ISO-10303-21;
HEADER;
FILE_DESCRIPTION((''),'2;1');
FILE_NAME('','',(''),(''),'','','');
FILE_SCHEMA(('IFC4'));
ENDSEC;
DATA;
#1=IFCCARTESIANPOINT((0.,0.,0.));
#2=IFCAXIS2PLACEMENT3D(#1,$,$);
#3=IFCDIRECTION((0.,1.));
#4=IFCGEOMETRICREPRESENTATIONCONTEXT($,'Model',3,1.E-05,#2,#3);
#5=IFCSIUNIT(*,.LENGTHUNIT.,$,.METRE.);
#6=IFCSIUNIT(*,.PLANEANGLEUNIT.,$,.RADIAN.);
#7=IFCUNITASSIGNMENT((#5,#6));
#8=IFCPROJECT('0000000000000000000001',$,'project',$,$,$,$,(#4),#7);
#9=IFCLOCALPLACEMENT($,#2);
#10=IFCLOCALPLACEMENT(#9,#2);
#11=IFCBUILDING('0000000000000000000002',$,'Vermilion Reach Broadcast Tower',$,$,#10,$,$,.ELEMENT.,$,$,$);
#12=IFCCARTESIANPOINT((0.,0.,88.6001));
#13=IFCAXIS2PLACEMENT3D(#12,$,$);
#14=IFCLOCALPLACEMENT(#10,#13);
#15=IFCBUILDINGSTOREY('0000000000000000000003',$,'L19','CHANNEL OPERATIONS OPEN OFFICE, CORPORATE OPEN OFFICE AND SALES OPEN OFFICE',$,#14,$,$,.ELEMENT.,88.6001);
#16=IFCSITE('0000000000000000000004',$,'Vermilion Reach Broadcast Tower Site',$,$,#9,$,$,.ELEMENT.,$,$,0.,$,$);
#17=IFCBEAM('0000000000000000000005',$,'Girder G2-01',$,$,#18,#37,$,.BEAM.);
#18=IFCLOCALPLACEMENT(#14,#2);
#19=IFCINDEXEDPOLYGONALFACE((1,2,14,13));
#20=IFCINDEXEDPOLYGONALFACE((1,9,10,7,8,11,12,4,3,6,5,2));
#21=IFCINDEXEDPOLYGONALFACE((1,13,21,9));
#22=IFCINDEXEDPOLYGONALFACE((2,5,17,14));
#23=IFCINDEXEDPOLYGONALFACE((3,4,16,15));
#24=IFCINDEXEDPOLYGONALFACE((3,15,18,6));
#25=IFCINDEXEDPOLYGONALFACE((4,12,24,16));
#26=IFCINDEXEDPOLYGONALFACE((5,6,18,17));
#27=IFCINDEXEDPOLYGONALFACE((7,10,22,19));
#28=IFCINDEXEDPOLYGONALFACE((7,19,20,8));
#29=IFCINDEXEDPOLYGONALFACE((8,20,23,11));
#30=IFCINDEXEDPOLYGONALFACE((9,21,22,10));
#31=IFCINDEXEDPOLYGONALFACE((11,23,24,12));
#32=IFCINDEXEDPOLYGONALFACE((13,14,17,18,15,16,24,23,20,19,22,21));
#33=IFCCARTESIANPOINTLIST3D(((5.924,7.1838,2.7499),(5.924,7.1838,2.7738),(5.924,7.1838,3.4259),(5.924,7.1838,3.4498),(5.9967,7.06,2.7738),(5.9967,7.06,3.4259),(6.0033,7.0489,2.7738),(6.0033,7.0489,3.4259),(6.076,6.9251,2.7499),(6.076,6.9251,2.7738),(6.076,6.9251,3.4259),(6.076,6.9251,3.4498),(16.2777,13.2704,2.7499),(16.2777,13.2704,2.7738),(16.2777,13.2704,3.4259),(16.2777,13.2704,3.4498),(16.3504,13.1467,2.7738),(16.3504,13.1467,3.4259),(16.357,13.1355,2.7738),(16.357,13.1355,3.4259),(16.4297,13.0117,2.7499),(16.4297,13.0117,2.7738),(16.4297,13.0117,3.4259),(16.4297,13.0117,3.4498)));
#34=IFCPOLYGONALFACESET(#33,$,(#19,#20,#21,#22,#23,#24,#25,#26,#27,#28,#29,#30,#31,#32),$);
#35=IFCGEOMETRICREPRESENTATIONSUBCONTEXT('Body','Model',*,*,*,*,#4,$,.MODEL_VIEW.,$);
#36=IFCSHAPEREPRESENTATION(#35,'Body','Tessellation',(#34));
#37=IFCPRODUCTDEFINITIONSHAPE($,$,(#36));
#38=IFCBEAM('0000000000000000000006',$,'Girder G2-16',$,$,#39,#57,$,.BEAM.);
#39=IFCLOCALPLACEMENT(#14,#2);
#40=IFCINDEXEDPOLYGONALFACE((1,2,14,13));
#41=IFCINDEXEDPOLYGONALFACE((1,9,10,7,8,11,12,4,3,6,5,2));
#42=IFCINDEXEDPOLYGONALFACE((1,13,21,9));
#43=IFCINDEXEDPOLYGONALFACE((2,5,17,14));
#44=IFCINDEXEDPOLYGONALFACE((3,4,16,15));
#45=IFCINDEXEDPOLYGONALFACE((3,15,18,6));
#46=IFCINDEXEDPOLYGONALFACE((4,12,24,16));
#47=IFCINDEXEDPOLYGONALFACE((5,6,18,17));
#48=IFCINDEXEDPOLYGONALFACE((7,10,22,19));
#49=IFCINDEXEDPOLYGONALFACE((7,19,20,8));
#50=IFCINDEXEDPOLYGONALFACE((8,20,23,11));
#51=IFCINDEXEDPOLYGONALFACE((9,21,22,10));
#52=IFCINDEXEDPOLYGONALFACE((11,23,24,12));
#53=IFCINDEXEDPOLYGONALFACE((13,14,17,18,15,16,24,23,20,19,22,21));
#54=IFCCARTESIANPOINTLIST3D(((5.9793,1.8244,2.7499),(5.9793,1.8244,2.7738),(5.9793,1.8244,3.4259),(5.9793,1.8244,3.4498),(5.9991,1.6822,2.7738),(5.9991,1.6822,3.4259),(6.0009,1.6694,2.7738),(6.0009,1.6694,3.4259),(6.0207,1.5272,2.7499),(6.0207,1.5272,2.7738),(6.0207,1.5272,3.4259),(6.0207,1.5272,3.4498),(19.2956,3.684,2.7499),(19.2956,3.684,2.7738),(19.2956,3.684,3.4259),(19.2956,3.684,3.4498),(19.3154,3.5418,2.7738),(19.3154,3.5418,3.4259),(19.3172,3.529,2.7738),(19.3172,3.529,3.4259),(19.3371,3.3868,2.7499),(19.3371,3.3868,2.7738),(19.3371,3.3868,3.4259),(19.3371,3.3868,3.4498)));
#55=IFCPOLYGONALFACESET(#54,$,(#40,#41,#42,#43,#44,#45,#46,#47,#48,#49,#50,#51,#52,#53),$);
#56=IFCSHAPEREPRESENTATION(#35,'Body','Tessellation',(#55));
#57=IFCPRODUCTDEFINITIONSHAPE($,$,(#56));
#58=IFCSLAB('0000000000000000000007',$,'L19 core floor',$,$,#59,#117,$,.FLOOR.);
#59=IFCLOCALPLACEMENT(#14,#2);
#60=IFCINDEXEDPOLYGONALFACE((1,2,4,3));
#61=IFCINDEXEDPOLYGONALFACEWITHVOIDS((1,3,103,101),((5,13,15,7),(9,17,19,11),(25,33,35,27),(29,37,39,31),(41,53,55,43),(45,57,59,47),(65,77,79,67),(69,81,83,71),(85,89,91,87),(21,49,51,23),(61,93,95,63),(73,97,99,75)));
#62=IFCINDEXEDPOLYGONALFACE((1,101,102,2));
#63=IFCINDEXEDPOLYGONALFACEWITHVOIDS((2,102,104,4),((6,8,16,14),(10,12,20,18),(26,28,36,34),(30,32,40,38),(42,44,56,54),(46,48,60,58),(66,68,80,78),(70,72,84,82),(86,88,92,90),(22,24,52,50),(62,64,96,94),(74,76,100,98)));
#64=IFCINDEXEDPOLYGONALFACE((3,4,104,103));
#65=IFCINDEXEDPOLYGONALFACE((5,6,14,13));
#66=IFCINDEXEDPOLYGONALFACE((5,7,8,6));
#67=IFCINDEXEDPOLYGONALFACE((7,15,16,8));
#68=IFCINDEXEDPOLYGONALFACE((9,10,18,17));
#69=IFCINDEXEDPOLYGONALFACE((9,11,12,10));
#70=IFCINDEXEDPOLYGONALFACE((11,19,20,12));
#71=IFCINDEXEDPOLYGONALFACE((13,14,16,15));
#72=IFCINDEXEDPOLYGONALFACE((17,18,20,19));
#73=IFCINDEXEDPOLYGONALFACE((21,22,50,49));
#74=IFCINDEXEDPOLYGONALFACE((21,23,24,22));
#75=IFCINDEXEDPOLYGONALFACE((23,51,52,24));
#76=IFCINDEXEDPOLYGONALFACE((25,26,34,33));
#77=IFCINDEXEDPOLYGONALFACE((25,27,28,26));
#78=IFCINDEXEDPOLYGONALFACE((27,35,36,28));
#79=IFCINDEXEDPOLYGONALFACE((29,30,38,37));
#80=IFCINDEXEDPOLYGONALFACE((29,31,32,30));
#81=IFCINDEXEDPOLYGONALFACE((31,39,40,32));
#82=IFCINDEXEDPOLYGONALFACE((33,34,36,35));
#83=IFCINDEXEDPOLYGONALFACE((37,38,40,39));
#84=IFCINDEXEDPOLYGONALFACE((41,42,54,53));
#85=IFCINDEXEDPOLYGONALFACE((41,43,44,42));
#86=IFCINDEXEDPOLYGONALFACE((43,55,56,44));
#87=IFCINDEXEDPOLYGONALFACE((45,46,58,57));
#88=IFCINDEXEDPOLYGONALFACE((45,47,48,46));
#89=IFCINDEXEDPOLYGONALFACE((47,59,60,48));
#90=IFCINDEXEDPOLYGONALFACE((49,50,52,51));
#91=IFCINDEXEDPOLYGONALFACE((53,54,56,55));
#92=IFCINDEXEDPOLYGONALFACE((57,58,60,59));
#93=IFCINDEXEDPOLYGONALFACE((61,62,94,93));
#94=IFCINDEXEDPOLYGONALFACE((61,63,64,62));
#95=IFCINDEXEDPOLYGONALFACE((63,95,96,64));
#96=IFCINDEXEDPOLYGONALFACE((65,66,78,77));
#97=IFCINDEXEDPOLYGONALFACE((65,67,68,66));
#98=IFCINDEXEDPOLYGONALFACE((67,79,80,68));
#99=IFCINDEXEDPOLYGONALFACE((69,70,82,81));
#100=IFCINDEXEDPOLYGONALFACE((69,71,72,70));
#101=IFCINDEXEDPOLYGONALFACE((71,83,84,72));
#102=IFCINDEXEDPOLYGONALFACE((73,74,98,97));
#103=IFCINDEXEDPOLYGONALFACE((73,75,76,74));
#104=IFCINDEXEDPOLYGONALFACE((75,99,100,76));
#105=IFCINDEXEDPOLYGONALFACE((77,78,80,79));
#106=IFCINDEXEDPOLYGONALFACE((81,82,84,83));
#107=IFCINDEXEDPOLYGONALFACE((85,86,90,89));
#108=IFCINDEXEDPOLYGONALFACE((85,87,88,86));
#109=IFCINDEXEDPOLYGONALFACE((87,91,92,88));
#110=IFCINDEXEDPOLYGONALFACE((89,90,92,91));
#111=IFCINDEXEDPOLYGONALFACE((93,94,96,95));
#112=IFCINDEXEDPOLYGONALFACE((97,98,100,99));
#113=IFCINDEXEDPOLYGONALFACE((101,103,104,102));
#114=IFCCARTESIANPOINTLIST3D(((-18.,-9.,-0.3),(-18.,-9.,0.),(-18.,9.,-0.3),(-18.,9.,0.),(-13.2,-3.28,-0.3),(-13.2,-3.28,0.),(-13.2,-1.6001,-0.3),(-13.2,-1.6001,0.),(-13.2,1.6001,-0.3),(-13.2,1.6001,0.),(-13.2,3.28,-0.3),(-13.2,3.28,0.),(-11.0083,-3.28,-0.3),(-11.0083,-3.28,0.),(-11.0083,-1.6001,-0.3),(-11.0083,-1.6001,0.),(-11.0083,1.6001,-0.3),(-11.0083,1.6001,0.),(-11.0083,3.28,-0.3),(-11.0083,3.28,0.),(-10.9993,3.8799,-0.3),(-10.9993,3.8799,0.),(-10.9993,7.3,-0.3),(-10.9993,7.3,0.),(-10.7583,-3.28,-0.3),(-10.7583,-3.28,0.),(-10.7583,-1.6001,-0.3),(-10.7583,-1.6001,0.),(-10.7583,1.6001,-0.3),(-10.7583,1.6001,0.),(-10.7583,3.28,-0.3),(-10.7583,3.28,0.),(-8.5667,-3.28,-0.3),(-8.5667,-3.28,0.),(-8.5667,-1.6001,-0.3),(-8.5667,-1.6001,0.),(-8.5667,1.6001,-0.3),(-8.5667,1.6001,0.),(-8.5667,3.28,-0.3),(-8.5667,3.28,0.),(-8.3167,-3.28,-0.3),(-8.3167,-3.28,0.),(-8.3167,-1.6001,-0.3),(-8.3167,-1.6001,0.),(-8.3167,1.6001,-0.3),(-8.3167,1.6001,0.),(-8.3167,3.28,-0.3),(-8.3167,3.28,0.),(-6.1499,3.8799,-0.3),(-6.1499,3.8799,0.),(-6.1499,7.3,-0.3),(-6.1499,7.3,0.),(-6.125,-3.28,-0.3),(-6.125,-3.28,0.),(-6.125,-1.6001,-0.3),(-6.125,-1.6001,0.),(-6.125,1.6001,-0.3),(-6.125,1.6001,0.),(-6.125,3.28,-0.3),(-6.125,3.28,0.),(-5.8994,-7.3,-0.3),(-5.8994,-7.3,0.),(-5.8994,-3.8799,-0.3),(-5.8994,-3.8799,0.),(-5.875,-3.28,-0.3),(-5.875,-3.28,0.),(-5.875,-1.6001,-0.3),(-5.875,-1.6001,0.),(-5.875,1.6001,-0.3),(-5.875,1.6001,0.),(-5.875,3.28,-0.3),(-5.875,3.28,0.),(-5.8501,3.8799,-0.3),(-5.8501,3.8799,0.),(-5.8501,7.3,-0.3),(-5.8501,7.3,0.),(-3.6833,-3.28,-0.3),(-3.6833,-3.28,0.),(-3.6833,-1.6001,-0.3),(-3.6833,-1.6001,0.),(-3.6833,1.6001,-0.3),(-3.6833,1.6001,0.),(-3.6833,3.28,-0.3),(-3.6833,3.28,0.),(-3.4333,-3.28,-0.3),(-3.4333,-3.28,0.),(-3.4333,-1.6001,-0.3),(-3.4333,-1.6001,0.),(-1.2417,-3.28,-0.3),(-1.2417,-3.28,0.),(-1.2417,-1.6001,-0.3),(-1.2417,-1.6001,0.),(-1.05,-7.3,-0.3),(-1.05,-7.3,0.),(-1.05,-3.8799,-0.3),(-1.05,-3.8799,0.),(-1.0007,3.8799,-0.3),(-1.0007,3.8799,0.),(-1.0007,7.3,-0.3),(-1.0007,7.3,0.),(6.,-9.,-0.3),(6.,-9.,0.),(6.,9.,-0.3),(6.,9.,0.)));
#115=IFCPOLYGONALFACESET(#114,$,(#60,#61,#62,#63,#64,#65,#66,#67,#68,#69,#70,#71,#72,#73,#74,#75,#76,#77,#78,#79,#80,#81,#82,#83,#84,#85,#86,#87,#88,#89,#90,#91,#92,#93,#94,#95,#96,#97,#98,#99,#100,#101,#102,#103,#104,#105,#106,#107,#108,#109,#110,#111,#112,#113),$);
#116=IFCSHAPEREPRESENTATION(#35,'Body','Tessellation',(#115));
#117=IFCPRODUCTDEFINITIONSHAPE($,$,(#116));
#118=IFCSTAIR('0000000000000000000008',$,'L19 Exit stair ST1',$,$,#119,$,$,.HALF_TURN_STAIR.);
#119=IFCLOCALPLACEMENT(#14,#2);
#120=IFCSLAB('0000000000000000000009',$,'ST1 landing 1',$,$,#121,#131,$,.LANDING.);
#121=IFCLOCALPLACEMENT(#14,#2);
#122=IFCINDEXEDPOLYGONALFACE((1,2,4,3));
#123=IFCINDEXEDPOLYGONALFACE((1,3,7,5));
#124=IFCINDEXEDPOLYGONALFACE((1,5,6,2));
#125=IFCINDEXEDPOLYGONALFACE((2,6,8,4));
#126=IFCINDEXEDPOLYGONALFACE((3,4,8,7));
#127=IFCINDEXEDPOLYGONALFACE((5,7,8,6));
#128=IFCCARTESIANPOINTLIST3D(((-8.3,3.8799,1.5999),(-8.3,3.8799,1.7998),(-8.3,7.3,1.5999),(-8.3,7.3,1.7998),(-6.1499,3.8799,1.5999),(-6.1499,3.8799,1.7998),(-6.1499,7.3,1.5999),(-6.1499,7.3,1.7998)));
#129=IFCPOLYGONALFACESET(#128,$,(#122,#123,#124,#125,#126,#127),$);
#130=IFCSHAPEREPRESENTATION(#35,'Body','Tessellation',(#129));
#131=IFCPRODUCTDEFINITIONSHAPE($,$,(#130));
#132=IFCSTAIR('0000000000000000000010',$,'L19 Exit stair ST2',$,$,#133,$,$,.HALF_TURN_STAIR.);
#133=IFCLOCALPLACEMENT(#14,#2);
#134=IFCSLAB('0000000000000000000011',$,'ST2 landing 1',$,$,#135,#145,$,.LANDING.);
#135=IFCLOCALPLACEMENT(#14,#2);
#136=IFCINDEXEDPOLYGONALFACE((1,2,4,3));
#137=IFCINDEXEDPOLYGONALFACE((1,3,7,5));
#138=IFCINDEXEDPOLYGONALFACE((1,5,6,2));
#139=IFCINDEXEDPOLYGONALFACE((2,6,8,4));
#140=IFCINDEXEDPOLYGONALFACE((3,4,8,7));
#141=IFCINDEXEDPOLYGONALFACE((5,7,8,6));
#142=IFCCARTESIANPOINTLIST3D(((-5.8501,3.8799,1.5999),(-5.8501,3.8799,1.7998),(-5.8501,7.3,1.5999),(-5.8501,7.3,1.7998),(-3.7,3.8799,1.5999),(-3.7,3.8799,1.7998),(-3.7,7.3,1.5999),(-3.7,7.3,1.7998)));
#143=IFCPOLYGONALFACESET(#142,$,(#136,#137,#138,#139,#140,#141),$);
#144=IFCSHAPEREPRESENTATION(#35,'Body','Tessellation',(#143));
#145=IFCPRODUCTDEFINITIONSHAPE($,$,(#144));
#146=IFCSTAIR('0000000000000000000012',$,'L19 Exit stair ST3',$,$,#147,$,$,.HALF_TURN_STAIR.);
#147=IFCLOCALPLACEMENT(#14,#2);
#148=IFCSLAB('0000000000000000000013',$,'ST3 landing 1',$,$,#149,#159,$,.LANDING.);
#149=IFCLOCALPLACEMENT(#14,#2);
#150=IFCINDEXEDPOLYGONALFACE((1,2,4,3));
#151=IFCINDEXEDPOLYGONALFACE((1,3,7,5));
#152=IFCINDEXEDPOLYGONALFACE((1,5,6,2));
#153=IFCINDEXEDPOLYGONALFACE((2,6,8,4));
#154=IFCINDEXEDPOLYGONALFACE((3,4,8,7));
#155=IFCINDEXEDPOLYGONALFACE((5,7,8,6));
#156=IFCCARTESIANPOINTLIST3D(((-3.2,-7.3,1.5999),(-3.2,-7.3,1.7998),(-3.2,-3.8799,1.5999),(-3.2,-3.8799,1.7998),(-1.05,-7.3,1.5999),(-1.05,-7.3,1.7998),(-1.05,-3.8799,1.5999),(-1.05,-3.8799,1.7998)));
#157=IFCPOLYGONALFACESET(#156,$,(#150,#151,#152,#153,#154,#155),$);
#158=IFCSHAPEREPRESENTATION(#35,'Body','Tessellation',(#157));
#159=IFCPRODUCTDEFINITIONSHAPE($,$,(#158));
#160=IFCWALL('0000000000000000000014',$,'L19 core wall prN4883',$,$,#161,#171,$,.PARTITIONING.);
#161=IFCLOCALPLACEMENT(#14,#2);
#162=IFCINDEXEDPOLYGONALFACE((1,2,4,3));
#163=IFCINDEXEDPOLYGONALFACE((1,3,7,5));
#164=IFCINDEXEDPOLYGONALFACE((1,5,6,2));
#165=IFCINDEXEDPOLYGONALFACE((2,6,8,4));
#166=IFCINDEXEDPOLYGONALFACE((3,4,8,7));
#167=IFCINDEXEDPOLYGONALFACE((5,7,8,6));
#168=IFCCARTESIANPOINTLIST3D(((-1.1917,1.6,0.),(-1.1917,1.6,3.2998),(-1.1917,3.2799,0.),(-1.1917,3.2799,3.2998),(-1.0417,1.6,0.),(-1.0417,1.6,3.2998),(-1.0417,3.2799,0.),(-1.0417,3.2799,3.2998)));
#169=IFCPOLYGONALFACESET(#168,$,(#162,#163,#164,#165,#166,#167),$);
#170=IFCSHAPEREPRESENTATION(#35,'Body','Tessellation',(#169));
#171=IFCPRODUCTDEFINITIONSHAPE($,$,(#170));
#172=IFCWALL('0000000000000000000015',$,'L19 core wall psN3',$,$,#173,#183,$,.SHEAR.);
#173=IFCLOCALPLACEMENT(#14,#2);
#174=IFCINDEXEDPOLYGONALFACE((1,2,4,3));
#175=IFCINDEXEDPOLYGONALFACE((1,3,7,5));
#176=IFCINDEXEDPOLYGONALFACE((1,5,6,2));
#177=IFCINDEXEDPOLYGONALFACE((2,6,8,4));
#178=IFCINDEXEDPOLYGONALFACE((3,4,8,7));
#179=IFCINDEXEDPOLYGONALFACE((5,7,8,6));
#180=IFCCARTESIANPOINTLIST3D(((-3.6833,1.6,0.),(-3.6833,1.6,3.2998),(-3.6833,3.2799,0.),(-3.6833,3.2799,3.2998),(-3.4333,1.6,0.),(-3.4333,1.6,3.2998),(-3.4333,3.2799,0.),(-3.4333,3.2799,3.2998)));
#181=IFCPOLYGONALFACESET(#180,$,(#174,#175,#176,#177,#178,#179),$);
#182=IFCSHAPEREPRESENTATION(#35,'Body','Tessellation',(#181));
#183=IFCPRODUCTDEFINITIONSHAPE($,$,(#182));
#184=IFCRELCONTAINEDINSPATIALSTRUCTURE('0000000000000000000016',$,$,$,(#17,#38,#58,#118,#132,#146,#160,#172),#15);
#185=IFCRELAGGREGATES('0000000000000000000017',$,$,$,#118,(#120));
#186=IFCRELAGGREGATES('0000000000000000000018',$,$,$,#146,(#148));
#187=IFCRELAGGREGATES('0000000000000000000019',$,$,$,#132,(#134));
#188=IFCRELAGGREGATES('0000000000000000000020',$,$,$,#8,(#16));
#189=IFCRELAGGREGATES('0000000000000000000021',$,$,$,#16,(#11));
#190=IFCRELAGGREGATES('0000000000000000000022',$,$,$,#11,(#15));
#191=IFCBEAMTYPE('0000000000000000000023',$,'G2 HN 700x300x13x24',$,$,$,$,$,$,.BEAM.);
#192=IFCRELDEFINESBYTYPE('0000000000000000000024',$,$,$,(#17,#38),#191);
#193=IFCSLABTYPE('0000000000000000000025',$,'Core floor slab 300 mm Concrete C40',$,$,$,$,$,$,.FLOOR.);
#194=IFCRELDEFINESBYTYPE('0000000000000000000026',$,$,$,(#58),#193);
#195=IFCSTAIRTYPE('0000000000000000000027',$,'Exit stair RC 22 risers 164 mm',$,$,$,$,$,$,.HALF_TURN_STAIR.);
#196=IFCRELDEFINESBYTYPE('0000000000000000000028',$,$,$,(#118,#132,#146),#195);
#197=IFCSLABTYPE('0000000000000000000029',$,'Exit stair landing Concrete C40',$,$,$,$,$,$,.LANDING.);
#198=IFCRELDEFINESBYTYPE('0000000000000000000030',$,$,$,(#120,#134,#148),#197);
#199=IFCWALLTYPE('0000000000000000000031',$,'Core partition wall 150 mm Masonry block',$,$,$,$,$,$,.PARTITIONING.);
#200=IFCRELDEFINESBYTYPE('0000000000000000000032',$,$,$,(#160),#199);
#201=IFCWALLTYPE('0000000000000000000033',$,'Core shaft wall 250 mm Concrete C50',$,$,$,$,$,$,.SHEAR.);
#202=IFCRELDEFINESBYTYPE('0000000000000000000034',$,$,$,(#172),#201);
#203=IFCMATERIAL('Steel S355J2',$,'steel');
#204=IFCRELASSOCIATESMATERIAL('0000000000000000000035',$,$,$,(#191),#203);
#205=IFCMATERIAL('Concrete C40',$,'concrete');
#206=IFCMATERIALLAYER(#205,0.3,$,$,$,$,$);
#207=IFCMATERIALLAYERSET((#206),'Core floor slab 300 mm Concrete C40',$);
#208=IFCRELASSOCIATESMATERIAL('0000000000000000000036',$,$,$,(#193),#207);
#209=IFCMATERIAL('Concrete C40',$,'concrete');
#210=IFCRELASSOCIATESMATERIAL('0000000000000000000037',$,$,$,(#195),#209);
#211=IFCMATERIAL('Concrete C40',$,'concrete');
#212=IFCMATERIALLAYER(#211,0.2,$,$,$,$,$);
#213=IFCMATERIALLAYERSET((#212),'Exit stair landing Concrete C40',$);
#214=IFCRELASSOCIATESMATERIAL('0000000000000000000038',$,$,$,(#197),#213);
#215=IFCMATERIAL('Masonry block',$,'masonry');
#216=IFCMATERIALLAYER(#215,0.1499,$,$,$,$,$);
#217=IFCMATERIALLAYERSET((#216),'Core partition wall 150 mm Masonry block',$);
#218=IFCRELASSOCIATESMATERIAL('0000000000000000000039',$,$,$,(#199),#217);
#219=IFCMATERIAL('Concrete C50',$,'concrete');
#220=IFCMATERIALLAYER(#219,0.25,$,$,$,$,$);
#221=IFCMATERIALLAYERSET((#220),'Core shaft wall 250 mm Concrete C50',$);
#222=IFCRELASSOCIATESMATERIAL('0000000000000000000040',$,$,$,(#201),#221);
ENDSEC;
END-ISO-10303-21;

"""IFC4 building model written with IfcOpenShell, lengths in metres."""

from ifc_helpers import new_model, si_unit, direction, frame, frame_2d, origin, origin_2d, place, context, subcontext, project, spatial, polyline, rectangle, i_section, outline, extrude, material, layer, layer_set, material_profile, profile_set, type_object, element, aggregate, save


model = new_model("IFC4")

# Units and contexts
model_context = context("Model", 3, precision=1e-05, world=origin(), true_north=direction((0.0, 1.0)))
body_context = subcontext(model_context, "Body", "Model", "MODEL_VIEW")
ifc_project = project(units=[si_unit("LENGTHUNIT", "METRE"), si_unit("PLANEANGLEUNIT", "RADIAN")], contexts=[model_context])

# Site, building, storey
site_placement = place(None, origin())
site = spatial("IfcSite", under=ifc_project, at=site_placement, Name="Vermilion Reach Broadcast Tower Site", CompositionType="ELEMENT", RefElevation=0.0)
building_placement = place(site_placement, origin())
building = spatial("IfcBuilding", under=site, at=building_placement, Name="Vermilion Reach Broadcast Tower", CompositionType="ELEMENT")
storey_placement = place(building_placement, frame((0.0, 0.0, 88.6001)))
storey = spatial("IfcBuildingStorey", under=building, at=storey_placement, Name="L19", Description="CHANNEL OPERATIONS OPEN OFFICE, CORPORATE OPEN OFFICE AND SALES OPEN OFFICE", CompositionType="ELEMENT", Elevation=88.6001)

# Beams
ifc_material_1 = material(Name="Steel S355J2", Category="steel")
ifc_material_profile = material_profile(ifc_material_1, i_section(OverallWidth=0.3, OverallDepth=0.7, WebThickness=0.0129, FlangeThickness=0.0239, at=origin_2d()), Name="S355J2 HN 700x300x13x24")
ifc_profile_set = profile_set([ifc_material_profile], Name="Steel S355J2")
beam_type = type_object("IfcBeamType", Name="G2 HN 700x300x13x24", PredefinedType="BEAM", material=ifc_profile_set)
beam_1_placement = place(storey_placement, frame((6.0, 7.0544, 3.0999), z_axis=(0.862072, 0.506786, 0.0), x_axis=(-0.506786, 0.862072, 0.0)))
element("IfcBeam", 1, at=beam_1_placement, inside=storey, type_object=beam_type, Name="Girder G2-01", PredefinedType="BEAM", context=body_context, shape_type="SweptSolid", body=[
    extrude(i_section(OverallWidth=0.3, OverallDepth=0.7, WebThickness=0.0129, FlangeThickness=0.0239, at=origin_2d()), origin(), (0.0, 0.0, 1.0), 12.0103),
])
beam_2_placement = place(storey_placement, frame((6.0, 1.6758, 3.0999), z_axis=(0.990389, 0.138307, 0.0), x_axis=(-0.138307, 0.990389, 0.0)))
element("IfcBeam", 2, at=beam_2_placement, inside=storey, type_object=beam_type, Name="Girder G2-16", PredefinedType="BEAM", context=body_context, shape_type="SweptSolid", body=[
    extrude(i_section(OverallWidth=0.3, OverallDepth=0.7, WebThickness=0.0129, FlangeThickness=0.0239, at=origin_2d()), origin(), (0.0, 0.0, 1.0), 13.4456),
])

# Slab
ifc_material_2 = material(Name="Concrete C40", Category="concrete")
ifc_layer_1 = layer(ifc_material_2, 0.3)
ifc_layer_set_1 = layer_set([ifc_layer_1], Name="Core floor slab 300 mm Concrete C40")
slab_type_1 = type_object("IfcSlabType", Name="Core floor slab 300 mm Concrete C40", PredefinedType="FLOOR", material=ifc_layer_set_1)
slab_1_placement = place(storey_placement, frame((0.0, 0.0, -0.3)))
element("IfcSlab", 3, at=slab_1_placement, inside=storey, type_object=slab_type_1, Name="L19 core floor", PredefinedType="FLOOR", context=body_context, shape_type="SweptSolid", body=[
    extrude(outline(polyline([(-18.0, -9.0), (6.0, -9.0), (6.0, 9.0), (-18.0, 9.0), (-18.0, -9.0)]), holes=[polyline([(-13.2, 1.6001), (-11.0083, 1.6001), (-11.0083, 3.28), (-13.2, 3.28), (-13.2, 1.6001)]), polyline([(-10.7583, 1.6001), (-8.5667, 1.6001), (-8.5667, 3.28), (-10.7583, 3.28), (-10.7583, 1.6001)]), polyline([(-8.3167, 1.6001), (-6.125, 1.6001), (-6.125, 3.28), (-8.3167, 3.28), (-8.3167, 1.6001)]), polyline([(-5.875, 1.6001), (-3.6833, 1.6001), (-3.6833, 3.28), (-5.875, 3.28), (-5.875, 1.6001)]), polyline([(-13.2, -3.28), (-11.0083, -3.28), (-11.0083, -1.6001), (-13.2, -1.6001), (-13.2, -3.28)]), polyline([(-10.7583, -3.28), (-8.5667, -3.28), (-8.5667, -1.6001), (-10.7583, -1.6001), (-10.7583, -3.28)]), polyline([(-8.3167, -3.28), (-6.125, -3.28), (-6.125, -1.6001), (-8.3167, -1.6001), (-8.3167, -3.28)]), polyline([(-5.875, -3.28), (-3.6833, -3.28), (-3.6833, -1.6001), (-5.875, -1.6001), (-5.875, -3.28)]), polyline([(-3.4333, -3.28), (-1.2417, -3.28), (-1.2417, -1.6001), (-3.4333, -1.6001), (-3.4333, -3.28)]), polyline([(-10.9993, 3.8799), (-6.1499, 3.8799), (-6.1499, 7.3), (-10.9993, 7.3), (-10.9993, 3.8799)]), polyline([(-1.0007, 7.3), (-5.8501, 7.3), (-5.8501, 3.8799), (-1.0007, 3.8799), (-1.0007, 7.3)]), polyline([(-5.8994, -7.3), (-1.05, -7.3), (-1.05, -3.8799), (-5.8994, -3.8799), (-5.8994, -7.3)])]), origin(), (0.0, 0.0, 1.0), 0.3),
])

# Stairs, slabs
ifc_material_3 = material(Name="Concrete C40", Category="concrete")
stair_type = type_object("IfcStairType", Name="Exit stair RC 22 risers 164 mm", PredefinedType="HALF_TURN_STAIR", material=ifc_material_3)
placement_1 = place(storey_placement, origin())
stair_1 = element("IfcStair", 4, at=placement_1, inside=storey, type_object=stair_type, Name="L19 Exit stair ST1", PredefinedType="HALF_TURN_STAIR")
ifc_material_4 = material(Name="Concrete C40", Category="concrete")
ifc_layer_2 = layer(ifc_material_4, 0.2)
ifc_layer_set_2 = layer_set([ifc_layer_2], Name="Exit stair landing Concrete C40")
slab_type_2 = type_object("IfcSlabType", Name="Exit stair landing Concrete C40", PredefinedType="LANDING", material=ifc_layer_set_2)
placement_2 = place(storey_placement, frame((0.0, 0.0, 1.5999)))
slab_2 = element("IfcSlab", 5, at=placement_2, type_object=slab_type_2, Name="ST1 landing 1", PredefinedType="LANDING", context=body_context, shape_type="SweptSolid", body=[
    extrude(outline(polyline([(-8.3, 3.8799), (-6.1499, 3.8799), (-6.1499, 7.3), (-8.3, 7.3), (-8.3, 3.8799)])), origin(), (0.0, 0.0, 1.0), 0.2),
])
aggregate(stair_1, [slab_2])
stair_2 = element("IfcStair", 6, at=placement_1, inside=storey, type_object=stair_type, Name="L19 Exit stair ST2", PredefinedType="HALF_TURN_STAIR")
slab_3 = element("IfcSlab", 7, at=placement_2, type_object=slab_type_2, Name="ST2 landing 1", PredefinedType="LANDING", context=body_context, shape_type="SweptSolid", body=[
    extrude(outline(polyline([(-3.7, 7.3), (-5.8501, 7.3), (-5.8501, 3.8799), (-3.7, 3.8799), (-3.7, 7.3)])), origin(), (0.0, 0.0, 1.0), 0.2),
])
stair_3 = element("IfcStair", 8, at=placement_1, inside=storey, type_object=stair_type, Name="L19 Exit stair ST3", PredefinedType="HALF_TURN_STAIR")
slab_4 = element("IfcSlab", 9, at=placement_2, type_object=slab_type_2, Name="ST3 landing 1", PredefinedType="LANDING", context=body_context, shape_type="SweptSolid", body=[
    extrude(outline(polyline([(-3.2, -7.3), (-1.05, -7.3), (-1.05, -3.8799), (-3.2, -3.8799), (-3.2, -7.3)])), origin(), (0.0, 0.0, 1.0), 0.2),
])
aggregate(stair_3, [slab_4])

# Walls
ifc_material_5 = material(Name="Masonry block", Category="masonry")
ifc_layer_3 = layer(ifc_material_5, 0.1499)
ifc_layer_set_3 = layer_set([ifc_layer_3], Name="Core partition wall 150 mm Masonry block")
wall_type_1 = type_object("IfcWallType", Name="Core partition wall 150 mm Masonry block", PredefinedType="PARTITIONING", material=ifc_layer_set_3)
wall_1_placement = place(storey_placement, frame((-1.1167, 1.6001, 0.0), z_axis=(0.0, 0.0, 1.0), x_axis=(0.0, 1.0, 0.0)))
element("IfcWall", 10, at=wall_1_placement, inside=storey, type_object=wall_type_1, Name="L19 core wall prN4883", PredefinedType="PARTITIONING", context=body_context, shape_type="SweptSolid", body=[
    extrude(rectangle(XDim=1.6799, YDim=0.1499, at=frame_2d((0.8398, 0.0))), origin(), (0.0, 0.0, 1.0), 3.2998),
])
ifc_material_6 = material(Name="Concrete C50", Category="concrete")
ifc_layer_4 = layer(ifc_material_6, 0.25)
ifc_layer_set_4 = layer_set([ifc_layer_4], Name="Core shaft wall 250 mm Concrete C50")
wall_type_2 = type_object("IfcWallType", Name="Core shaft wall 250 mm Concrete C50", PredefinedType="SHEAR", material=ifc_layer_set_4)
wall_2_placement = place(storey_placement, frame((-3.5583, 1.6001, 0.0), z_axis=(0.0, 0.0, 1.0), x_axis=(0.0, 1.0, 0.0)))
element("IfcWall", 11, at=wall_2_placement, inside=storey, type_object=wall_type_2, Name="L19 core wall psN3", PredefinedType="SHEAR", context=body_context, shape_type="SweptSolid", body=[
    extrude(rectangle(XDim=1.6799, YDim=0.25, at=frame_2d((0.8398, 0.0))), origin(), (0.0, 0.0, 1.0), 3.2998),
])

aggregate(stair_2, [slab_3])

save(model, "model.ifc")
